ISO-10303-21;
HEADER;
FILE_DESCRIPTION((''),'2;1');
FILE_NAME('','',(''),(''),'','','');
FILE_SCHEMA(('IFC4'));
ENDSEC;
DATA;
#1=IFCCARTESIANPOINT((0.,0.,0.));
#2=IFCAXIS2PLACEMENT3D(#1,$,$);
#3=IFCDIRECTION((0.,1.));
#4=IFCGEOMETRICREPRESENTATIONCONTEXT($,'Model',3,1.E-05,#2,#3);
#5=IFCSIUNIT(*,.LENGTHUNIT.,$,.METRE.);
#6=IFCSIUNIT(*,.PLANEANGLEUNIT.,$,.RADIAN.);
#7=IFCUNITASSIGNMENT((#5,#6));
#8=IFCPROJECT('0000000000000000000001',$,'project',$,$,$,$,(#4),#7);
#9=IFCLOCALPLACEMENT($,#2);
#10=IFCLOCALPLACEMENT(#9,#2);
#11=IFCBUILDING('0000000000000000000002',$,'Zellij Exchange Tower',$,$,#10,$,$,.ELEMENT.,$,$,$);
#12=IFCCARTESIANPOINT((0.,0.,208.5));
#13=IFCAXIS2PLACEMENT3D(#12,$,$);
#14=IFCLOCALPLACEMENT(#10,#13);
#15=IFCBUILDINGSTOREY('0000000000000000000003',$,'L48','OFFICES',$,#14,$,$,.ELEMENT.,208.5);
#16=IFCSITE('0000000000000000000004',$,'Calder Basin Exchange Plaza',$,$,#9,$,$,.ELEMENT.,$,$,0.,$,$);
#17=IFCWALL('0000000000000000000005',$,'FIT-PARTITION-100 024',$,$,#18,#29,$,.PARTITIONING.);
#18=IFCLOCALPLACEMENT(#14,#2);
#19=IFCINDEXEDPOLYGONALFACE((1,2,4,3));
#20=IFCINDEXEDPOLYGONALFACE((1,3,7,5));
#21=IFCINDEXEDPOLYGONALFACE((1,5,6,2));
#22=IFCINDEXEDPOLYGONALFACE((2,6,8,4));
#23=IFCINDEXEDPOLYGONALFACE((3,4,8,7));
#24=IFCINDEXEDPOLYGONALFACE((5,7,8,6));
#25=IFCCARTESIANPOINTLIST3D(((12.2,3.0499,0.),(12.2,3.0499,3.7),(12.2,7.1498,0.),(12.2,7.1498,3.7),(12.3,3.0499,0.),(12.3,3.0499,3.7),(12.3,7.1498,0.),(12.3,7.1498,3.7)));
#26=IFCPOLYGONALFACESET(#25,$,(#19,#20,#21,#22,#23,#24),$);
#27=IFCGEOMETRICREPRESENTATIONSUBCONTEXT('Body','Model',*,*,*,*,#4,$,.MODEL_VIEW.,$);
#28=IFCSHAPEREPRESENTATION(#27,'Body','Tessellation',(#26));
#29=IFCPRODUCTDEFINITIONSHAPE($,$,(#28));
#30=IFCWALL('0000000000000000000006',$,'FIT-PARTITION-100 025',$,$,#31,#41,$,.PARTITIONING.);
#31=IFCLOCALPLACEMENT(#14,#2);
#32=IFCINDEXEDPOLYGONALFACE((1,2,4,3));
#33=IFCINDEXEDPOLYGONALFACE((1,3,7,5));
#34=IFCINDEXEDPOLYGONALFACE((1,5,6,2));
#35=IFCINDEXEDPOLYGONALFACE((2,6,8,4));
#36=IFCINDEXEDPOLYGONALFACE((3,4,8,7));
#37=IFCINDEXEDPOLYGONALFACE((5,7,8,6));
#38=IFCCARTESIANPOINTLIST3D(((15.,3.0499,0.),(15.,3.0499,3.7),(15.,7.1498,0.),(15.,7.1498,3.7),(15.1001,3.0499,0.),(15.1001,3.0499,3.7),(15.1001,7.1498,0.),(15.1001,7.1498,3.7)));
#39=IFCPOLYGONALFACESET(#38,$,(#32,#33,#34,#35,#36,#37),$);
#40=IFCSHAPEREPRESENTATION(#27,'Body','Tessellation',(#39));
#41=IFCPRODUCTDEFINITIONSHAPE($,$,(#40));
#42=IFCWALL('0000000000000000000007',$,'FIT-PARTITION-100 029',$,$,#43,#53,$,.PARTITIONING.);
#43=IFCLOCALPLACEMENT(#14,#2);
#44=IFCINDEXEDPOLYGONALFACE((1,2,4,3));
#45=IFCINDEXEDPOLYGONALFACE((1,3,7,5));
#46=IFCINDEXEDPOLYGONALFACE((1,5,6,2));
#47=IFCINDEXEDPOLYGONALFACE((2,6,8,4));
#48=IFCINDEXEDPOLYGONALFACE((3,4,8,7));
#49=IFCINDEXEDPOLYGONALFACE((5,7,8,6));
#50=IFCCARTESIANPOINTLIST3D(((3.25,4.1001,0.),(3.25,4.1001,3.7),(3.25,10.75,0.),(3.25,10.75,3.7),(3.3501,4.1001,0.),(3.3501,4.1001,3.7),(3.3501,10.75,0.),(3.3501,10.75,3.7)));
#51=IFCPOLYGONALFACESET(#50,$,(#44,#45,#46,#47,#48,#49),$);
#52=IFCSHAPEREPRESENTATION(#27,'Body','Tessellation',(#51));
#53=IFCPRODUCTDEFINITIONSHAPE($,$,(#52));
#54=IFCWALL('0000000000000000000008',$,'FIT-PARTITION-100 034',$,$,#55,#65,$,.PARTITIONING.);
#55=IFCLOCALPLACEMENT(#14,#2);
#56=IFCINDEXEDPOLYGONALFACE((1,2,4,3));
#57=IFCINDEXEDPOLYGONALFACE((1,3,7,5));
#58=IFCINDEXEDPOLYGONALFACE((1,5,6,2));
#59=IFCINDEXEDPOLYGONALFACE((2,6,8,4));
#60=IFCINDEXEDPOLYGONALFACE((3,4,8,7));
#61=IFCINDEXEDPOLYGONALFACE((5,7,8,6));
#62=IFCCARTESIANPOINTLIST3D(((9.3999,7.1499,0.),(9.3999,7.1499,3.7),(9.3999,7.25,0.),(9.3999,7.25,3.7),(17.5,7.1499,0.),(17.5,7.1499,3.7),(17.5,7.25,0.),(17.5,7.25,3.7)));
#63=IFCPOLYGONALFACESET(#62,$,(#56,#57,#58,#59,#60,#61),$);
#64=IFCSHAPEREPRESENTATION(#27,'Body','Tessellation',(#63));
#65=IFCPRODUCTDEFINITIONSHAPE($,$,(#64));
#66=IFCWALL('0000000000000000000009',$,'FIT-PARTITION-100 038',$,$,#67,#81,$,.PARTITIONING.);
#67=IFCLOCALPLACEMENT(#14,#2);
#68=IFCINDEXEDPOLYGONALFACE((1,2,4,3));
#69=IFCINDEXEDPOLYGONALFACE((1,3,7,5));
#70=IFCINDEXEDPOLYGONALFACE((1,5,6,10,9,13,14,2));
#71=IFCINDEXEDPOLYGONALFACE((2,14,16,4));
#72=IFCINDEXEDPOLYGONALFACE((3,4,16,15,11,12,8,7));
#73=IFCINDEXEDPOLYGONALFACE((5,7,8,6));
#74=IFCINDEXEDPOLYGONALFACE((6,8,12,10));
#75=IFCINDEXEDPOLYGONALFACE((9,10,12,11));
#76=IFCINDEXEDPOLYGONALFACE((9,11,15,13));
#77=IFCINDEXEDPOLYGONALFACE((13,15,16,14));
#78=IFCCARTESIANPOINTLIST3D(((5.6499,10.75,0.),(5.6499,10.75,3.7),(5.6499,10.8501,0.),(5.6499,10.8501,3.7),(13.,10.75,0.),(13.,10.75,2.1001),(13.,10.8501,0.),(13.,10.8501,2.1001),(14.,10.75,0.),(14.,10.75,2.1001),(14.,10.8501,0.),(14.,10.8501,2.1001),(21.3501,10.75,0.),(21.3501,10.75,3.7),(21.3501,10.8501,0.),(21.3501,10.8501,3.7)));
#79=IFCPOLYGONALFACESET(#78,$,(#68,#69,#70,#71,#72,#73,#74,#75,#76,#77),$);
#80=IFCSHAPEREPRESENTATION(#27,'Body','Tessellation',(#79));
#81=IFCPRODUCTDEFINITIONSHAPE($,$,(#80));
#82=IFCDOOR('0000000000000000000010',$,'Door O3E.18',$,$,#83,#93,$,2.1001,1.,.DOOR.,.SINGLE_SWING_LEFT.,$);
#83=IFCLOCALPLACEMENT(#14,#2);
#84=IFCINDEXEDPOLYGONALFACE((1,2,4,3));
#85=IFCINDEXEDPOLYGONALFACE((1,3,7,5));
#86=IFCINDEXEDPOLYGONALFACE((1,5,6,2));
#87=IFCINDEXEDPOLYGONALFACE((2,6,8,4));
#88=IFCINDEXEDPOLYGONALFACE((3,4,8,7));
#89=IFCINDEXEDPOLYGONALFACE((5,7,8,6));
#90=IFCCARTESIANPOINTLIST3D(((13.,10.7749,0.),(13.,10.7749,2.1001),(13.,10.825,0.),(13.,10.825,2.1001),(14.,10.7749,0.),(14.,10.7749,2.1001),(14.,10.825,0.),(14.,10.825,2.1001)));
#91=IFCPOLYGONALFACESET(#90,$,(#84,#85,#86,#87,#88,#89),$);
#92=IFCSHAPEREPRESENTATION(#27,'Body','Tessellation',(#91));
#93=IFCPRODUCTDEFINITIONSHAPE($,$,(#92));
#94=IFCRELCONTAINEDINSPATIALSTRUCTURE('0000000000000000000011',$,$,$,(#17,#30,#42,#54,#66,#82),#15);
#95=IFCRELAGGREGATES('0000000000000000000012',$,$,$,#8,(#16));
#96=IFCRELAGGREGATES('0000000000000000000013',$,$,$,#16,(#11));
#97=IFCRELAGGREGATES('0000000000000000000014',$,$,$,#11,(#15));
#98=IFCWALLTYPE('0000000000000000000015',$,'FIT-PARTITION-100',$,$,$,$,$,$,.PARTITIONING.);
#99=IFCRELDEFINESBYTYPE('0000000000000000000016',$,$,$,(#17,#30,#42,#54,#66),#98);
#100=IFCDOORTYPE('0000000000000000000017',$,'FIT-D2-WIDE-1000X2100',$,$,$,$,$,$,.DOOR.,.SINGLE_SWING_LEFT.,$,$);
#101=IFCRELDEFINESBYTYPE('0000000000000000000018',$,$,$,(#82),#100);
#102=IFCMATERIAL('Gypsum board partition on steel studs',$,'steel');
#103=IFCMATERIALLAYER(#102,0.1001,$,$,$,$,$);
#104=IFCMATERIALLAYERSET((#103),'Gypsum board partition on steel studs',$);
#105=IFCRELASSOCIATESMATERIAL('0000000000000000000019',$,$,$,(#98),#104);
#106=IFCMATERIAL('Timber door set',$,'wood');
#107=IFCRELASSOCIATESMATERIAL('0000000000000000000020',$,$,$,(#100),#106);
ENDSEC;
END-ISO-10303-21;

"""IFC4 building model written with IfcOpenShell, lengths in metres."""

from ifc_helpers import new_model, si_unit, direction, frame, frame_2d, origin, place, context, subcontext, project, spatial, rectangle, extrude, material, layer, layer_set, type_object, element, fill, save


model = new_model("IFC4")

# Units and contexts
model_context = context("Model", 3, precision=1e-05, world=origin(), true_north=direction((0.0, 1.0)))
body_context = subcontext(model_context, "Body", "Model", "MODEL_VIEW")
ifc_project = project(units=[si_unit("LENGTHUNIT", "METRE"), si_unit("PLANEANGLEUNIT", "RADIAN")], contexts=[model_context])

# Site, building, storey
site_placement = place(None, origin())
site = spatial("IfcSite", under=ifc_project, at=site_placement, Name="Calder Basin Exchange Plaza", CompositionType="ELEMENT", RefElevation=0.0)
building_placement = place(site_placement, origin())
building = spatial("IfcBuilding", under=site, at=building_placement, Name="Zellij Exchange Tower", CompositionType="ELEMENT")
storey_placement = place(building_placement, frame((0.0, 0.0, 208.5)))
storey = spatial("IfcBuildingStorey", under=building, at=storey_placement, Name="L48", Description="OFFICES", CompositionType="ELEMENT", Elevation=208.5)

# Shared definitions
ifc_material_1 = material(Name="Gypsum board partition on steel studs", Category="steel")
ifc_layer_1 = layer(ifc_material_1, 0.1001)
ifc_layer_set_1 = layer_set([ifc_layer_1], Name="Gypsum board partition on steel studs")
wall_type_1 = type_object("IfcWallType", Name="FIT-PARTITION-100", PredefinedType="PARTITIONING", material=ifc_layer_set_1)
ifc_material_2 = material(Name="Timber door set", Category="wood")
door_type = type_object("IfcDoorType", Name="FIT-D2-WIDE-1000X2100", OperationType="SINGLE_SWING_LEFT", PredefinedType="DOOR", material=ifc_material_2)

# Walls
for number, where, z_axis, x_axis, name in (
    (1, (12.25, 3.05, 0.0), (0.0, 0.0, 1.0), (0.0, 1.0, 0.0), "FIT-PARTITION-100 024"),
    (2, (15.05, 3.05, 0.0), (0.0, 0.0, 1.0), (0.0, 1.0, 0.0), "FIT-PARTITION-100 025"),
):
    element("IfcWall", number, at=place(storey_placement, frame(where, z_axis=z_axis, x_axis=x_axis)), inside=storey, type_object=wall_type_1, Name=name, PredefinedType="PARTITIONING", context=body_context, shape_type="SweptSolid", body=[
        extrude(rectangle(XDim=4.0999, YDim=0.1001, at=frame_2d((2.0498, 0.0))), origin(), (0.0, 0.0, 1.0), 3.7),
    ])
wall_1_placement = place(storey_placement, frame((3.3, 4.1001, 0.0), z_axis=(0.0, 0.0, 1.0), x_axis=(0.0, 1.0, 0.0)))
element("IfcWall", 3, at=wall_1_placement, inside=storey, type_object=wall_type_1, Name="FIT-PARTITION-100 029", PredefinedType="PARTITIONING", context=body_context, shape_type="SweptSolid", body=[
    extrude(rectangle(XDim=6.6499, YDim=0.1001, at=frame_2d((3.325, 0.0))), origin(), (0.0, 0.0, 1.0), 3.7),
])
wall_2_placement = place(storey_placement, frame((9.3999, 7.2, 0.0), z_axis=(0.0, 0.0, 1.0), x_axis=(1.0, 0.0, 0.0)))
element("IfcWall", 4, at=wall_2_placement, inside=storey, type_object=wall_type_1, Name="FIT-PARTITION-100 034", PredefinedType="PARTITIONING", context=body_context, shape_type="SweptSolid", body=[
    extrude(rectangle(XDim=8.1001, YDim=0.1001, at=frame_2d((4.05, 0.0))), origin(), (0.0, 0.0, 1.0), 3.7),
])

# Wall, opening, door
wall_3_placement = place(storey_placement, frame((5.6499, 10.8, 0.0), z_axis=(0.0, 0.0, 1.0), x_axis=(1.0, 0.0, 0.0)))
wall_3 = element("IfcWall", 5, at=wall_3_placement, inside=storey, type_object=wall_type_1, Name="FIT-PARTITION-100 038", PredefinedType="PARTITIONING", context=body_context, shape_type="SweptSolid", body=[
    extrude(rectangle(XDim=15.7002, YDim=0.1001, at=frame_2d((7.8501, 0.0))), origin(), (0.0, 0.0, 1.0), 3.7),
])
opening_1_placement = place(wall_3_placement, frame((7.3501, 0.0, 0.0)))
opening_1 = element("IfcOpeningElement", 6, at=opening_1_placement, cuts=wall_3, PredefinedType="OPENING", context=body_context, shape_type="SweptSolid", body=[
    extrude(rectangle(XDim=1.0, YDim=2.1001, at=frame_2d((0.5, 1.05))), frame((0.0, 0.062, 0.0), z_axis=(0.0, -1.0, 0.0), x_axis=(1.0, 0.0, 0.0)), (0.0, 0.0, 1.0), 0.124),
])
door_1_placement = place(opening_1_placement, origin())
door_1 = element("IfcDoor", 7, at=door_1_placement, inside=storey, type_object=door_type, Name="Door O3E.18", OperationType="SINGLE_SWING_LEFT", OverallHeight=2.1001, OverallWidth=1.0, PredefinedType="DOOR", context=body_context, shape_type="SweptSolid", body=[
    extrude(rectangle(XDim=1.0, YDim=2.1001, at=frame_2d((0.5, 1.05))), frame((0.0, 0.0249, 0.0), z_axis=(0.0, -1.0, 0.0), x_axis=(1.0, 0.0, 0.0)), (0.0, 0.0, 1.0), 0.05),
])
fill(opening_1, door_1)

save(model, "model.ifc")
